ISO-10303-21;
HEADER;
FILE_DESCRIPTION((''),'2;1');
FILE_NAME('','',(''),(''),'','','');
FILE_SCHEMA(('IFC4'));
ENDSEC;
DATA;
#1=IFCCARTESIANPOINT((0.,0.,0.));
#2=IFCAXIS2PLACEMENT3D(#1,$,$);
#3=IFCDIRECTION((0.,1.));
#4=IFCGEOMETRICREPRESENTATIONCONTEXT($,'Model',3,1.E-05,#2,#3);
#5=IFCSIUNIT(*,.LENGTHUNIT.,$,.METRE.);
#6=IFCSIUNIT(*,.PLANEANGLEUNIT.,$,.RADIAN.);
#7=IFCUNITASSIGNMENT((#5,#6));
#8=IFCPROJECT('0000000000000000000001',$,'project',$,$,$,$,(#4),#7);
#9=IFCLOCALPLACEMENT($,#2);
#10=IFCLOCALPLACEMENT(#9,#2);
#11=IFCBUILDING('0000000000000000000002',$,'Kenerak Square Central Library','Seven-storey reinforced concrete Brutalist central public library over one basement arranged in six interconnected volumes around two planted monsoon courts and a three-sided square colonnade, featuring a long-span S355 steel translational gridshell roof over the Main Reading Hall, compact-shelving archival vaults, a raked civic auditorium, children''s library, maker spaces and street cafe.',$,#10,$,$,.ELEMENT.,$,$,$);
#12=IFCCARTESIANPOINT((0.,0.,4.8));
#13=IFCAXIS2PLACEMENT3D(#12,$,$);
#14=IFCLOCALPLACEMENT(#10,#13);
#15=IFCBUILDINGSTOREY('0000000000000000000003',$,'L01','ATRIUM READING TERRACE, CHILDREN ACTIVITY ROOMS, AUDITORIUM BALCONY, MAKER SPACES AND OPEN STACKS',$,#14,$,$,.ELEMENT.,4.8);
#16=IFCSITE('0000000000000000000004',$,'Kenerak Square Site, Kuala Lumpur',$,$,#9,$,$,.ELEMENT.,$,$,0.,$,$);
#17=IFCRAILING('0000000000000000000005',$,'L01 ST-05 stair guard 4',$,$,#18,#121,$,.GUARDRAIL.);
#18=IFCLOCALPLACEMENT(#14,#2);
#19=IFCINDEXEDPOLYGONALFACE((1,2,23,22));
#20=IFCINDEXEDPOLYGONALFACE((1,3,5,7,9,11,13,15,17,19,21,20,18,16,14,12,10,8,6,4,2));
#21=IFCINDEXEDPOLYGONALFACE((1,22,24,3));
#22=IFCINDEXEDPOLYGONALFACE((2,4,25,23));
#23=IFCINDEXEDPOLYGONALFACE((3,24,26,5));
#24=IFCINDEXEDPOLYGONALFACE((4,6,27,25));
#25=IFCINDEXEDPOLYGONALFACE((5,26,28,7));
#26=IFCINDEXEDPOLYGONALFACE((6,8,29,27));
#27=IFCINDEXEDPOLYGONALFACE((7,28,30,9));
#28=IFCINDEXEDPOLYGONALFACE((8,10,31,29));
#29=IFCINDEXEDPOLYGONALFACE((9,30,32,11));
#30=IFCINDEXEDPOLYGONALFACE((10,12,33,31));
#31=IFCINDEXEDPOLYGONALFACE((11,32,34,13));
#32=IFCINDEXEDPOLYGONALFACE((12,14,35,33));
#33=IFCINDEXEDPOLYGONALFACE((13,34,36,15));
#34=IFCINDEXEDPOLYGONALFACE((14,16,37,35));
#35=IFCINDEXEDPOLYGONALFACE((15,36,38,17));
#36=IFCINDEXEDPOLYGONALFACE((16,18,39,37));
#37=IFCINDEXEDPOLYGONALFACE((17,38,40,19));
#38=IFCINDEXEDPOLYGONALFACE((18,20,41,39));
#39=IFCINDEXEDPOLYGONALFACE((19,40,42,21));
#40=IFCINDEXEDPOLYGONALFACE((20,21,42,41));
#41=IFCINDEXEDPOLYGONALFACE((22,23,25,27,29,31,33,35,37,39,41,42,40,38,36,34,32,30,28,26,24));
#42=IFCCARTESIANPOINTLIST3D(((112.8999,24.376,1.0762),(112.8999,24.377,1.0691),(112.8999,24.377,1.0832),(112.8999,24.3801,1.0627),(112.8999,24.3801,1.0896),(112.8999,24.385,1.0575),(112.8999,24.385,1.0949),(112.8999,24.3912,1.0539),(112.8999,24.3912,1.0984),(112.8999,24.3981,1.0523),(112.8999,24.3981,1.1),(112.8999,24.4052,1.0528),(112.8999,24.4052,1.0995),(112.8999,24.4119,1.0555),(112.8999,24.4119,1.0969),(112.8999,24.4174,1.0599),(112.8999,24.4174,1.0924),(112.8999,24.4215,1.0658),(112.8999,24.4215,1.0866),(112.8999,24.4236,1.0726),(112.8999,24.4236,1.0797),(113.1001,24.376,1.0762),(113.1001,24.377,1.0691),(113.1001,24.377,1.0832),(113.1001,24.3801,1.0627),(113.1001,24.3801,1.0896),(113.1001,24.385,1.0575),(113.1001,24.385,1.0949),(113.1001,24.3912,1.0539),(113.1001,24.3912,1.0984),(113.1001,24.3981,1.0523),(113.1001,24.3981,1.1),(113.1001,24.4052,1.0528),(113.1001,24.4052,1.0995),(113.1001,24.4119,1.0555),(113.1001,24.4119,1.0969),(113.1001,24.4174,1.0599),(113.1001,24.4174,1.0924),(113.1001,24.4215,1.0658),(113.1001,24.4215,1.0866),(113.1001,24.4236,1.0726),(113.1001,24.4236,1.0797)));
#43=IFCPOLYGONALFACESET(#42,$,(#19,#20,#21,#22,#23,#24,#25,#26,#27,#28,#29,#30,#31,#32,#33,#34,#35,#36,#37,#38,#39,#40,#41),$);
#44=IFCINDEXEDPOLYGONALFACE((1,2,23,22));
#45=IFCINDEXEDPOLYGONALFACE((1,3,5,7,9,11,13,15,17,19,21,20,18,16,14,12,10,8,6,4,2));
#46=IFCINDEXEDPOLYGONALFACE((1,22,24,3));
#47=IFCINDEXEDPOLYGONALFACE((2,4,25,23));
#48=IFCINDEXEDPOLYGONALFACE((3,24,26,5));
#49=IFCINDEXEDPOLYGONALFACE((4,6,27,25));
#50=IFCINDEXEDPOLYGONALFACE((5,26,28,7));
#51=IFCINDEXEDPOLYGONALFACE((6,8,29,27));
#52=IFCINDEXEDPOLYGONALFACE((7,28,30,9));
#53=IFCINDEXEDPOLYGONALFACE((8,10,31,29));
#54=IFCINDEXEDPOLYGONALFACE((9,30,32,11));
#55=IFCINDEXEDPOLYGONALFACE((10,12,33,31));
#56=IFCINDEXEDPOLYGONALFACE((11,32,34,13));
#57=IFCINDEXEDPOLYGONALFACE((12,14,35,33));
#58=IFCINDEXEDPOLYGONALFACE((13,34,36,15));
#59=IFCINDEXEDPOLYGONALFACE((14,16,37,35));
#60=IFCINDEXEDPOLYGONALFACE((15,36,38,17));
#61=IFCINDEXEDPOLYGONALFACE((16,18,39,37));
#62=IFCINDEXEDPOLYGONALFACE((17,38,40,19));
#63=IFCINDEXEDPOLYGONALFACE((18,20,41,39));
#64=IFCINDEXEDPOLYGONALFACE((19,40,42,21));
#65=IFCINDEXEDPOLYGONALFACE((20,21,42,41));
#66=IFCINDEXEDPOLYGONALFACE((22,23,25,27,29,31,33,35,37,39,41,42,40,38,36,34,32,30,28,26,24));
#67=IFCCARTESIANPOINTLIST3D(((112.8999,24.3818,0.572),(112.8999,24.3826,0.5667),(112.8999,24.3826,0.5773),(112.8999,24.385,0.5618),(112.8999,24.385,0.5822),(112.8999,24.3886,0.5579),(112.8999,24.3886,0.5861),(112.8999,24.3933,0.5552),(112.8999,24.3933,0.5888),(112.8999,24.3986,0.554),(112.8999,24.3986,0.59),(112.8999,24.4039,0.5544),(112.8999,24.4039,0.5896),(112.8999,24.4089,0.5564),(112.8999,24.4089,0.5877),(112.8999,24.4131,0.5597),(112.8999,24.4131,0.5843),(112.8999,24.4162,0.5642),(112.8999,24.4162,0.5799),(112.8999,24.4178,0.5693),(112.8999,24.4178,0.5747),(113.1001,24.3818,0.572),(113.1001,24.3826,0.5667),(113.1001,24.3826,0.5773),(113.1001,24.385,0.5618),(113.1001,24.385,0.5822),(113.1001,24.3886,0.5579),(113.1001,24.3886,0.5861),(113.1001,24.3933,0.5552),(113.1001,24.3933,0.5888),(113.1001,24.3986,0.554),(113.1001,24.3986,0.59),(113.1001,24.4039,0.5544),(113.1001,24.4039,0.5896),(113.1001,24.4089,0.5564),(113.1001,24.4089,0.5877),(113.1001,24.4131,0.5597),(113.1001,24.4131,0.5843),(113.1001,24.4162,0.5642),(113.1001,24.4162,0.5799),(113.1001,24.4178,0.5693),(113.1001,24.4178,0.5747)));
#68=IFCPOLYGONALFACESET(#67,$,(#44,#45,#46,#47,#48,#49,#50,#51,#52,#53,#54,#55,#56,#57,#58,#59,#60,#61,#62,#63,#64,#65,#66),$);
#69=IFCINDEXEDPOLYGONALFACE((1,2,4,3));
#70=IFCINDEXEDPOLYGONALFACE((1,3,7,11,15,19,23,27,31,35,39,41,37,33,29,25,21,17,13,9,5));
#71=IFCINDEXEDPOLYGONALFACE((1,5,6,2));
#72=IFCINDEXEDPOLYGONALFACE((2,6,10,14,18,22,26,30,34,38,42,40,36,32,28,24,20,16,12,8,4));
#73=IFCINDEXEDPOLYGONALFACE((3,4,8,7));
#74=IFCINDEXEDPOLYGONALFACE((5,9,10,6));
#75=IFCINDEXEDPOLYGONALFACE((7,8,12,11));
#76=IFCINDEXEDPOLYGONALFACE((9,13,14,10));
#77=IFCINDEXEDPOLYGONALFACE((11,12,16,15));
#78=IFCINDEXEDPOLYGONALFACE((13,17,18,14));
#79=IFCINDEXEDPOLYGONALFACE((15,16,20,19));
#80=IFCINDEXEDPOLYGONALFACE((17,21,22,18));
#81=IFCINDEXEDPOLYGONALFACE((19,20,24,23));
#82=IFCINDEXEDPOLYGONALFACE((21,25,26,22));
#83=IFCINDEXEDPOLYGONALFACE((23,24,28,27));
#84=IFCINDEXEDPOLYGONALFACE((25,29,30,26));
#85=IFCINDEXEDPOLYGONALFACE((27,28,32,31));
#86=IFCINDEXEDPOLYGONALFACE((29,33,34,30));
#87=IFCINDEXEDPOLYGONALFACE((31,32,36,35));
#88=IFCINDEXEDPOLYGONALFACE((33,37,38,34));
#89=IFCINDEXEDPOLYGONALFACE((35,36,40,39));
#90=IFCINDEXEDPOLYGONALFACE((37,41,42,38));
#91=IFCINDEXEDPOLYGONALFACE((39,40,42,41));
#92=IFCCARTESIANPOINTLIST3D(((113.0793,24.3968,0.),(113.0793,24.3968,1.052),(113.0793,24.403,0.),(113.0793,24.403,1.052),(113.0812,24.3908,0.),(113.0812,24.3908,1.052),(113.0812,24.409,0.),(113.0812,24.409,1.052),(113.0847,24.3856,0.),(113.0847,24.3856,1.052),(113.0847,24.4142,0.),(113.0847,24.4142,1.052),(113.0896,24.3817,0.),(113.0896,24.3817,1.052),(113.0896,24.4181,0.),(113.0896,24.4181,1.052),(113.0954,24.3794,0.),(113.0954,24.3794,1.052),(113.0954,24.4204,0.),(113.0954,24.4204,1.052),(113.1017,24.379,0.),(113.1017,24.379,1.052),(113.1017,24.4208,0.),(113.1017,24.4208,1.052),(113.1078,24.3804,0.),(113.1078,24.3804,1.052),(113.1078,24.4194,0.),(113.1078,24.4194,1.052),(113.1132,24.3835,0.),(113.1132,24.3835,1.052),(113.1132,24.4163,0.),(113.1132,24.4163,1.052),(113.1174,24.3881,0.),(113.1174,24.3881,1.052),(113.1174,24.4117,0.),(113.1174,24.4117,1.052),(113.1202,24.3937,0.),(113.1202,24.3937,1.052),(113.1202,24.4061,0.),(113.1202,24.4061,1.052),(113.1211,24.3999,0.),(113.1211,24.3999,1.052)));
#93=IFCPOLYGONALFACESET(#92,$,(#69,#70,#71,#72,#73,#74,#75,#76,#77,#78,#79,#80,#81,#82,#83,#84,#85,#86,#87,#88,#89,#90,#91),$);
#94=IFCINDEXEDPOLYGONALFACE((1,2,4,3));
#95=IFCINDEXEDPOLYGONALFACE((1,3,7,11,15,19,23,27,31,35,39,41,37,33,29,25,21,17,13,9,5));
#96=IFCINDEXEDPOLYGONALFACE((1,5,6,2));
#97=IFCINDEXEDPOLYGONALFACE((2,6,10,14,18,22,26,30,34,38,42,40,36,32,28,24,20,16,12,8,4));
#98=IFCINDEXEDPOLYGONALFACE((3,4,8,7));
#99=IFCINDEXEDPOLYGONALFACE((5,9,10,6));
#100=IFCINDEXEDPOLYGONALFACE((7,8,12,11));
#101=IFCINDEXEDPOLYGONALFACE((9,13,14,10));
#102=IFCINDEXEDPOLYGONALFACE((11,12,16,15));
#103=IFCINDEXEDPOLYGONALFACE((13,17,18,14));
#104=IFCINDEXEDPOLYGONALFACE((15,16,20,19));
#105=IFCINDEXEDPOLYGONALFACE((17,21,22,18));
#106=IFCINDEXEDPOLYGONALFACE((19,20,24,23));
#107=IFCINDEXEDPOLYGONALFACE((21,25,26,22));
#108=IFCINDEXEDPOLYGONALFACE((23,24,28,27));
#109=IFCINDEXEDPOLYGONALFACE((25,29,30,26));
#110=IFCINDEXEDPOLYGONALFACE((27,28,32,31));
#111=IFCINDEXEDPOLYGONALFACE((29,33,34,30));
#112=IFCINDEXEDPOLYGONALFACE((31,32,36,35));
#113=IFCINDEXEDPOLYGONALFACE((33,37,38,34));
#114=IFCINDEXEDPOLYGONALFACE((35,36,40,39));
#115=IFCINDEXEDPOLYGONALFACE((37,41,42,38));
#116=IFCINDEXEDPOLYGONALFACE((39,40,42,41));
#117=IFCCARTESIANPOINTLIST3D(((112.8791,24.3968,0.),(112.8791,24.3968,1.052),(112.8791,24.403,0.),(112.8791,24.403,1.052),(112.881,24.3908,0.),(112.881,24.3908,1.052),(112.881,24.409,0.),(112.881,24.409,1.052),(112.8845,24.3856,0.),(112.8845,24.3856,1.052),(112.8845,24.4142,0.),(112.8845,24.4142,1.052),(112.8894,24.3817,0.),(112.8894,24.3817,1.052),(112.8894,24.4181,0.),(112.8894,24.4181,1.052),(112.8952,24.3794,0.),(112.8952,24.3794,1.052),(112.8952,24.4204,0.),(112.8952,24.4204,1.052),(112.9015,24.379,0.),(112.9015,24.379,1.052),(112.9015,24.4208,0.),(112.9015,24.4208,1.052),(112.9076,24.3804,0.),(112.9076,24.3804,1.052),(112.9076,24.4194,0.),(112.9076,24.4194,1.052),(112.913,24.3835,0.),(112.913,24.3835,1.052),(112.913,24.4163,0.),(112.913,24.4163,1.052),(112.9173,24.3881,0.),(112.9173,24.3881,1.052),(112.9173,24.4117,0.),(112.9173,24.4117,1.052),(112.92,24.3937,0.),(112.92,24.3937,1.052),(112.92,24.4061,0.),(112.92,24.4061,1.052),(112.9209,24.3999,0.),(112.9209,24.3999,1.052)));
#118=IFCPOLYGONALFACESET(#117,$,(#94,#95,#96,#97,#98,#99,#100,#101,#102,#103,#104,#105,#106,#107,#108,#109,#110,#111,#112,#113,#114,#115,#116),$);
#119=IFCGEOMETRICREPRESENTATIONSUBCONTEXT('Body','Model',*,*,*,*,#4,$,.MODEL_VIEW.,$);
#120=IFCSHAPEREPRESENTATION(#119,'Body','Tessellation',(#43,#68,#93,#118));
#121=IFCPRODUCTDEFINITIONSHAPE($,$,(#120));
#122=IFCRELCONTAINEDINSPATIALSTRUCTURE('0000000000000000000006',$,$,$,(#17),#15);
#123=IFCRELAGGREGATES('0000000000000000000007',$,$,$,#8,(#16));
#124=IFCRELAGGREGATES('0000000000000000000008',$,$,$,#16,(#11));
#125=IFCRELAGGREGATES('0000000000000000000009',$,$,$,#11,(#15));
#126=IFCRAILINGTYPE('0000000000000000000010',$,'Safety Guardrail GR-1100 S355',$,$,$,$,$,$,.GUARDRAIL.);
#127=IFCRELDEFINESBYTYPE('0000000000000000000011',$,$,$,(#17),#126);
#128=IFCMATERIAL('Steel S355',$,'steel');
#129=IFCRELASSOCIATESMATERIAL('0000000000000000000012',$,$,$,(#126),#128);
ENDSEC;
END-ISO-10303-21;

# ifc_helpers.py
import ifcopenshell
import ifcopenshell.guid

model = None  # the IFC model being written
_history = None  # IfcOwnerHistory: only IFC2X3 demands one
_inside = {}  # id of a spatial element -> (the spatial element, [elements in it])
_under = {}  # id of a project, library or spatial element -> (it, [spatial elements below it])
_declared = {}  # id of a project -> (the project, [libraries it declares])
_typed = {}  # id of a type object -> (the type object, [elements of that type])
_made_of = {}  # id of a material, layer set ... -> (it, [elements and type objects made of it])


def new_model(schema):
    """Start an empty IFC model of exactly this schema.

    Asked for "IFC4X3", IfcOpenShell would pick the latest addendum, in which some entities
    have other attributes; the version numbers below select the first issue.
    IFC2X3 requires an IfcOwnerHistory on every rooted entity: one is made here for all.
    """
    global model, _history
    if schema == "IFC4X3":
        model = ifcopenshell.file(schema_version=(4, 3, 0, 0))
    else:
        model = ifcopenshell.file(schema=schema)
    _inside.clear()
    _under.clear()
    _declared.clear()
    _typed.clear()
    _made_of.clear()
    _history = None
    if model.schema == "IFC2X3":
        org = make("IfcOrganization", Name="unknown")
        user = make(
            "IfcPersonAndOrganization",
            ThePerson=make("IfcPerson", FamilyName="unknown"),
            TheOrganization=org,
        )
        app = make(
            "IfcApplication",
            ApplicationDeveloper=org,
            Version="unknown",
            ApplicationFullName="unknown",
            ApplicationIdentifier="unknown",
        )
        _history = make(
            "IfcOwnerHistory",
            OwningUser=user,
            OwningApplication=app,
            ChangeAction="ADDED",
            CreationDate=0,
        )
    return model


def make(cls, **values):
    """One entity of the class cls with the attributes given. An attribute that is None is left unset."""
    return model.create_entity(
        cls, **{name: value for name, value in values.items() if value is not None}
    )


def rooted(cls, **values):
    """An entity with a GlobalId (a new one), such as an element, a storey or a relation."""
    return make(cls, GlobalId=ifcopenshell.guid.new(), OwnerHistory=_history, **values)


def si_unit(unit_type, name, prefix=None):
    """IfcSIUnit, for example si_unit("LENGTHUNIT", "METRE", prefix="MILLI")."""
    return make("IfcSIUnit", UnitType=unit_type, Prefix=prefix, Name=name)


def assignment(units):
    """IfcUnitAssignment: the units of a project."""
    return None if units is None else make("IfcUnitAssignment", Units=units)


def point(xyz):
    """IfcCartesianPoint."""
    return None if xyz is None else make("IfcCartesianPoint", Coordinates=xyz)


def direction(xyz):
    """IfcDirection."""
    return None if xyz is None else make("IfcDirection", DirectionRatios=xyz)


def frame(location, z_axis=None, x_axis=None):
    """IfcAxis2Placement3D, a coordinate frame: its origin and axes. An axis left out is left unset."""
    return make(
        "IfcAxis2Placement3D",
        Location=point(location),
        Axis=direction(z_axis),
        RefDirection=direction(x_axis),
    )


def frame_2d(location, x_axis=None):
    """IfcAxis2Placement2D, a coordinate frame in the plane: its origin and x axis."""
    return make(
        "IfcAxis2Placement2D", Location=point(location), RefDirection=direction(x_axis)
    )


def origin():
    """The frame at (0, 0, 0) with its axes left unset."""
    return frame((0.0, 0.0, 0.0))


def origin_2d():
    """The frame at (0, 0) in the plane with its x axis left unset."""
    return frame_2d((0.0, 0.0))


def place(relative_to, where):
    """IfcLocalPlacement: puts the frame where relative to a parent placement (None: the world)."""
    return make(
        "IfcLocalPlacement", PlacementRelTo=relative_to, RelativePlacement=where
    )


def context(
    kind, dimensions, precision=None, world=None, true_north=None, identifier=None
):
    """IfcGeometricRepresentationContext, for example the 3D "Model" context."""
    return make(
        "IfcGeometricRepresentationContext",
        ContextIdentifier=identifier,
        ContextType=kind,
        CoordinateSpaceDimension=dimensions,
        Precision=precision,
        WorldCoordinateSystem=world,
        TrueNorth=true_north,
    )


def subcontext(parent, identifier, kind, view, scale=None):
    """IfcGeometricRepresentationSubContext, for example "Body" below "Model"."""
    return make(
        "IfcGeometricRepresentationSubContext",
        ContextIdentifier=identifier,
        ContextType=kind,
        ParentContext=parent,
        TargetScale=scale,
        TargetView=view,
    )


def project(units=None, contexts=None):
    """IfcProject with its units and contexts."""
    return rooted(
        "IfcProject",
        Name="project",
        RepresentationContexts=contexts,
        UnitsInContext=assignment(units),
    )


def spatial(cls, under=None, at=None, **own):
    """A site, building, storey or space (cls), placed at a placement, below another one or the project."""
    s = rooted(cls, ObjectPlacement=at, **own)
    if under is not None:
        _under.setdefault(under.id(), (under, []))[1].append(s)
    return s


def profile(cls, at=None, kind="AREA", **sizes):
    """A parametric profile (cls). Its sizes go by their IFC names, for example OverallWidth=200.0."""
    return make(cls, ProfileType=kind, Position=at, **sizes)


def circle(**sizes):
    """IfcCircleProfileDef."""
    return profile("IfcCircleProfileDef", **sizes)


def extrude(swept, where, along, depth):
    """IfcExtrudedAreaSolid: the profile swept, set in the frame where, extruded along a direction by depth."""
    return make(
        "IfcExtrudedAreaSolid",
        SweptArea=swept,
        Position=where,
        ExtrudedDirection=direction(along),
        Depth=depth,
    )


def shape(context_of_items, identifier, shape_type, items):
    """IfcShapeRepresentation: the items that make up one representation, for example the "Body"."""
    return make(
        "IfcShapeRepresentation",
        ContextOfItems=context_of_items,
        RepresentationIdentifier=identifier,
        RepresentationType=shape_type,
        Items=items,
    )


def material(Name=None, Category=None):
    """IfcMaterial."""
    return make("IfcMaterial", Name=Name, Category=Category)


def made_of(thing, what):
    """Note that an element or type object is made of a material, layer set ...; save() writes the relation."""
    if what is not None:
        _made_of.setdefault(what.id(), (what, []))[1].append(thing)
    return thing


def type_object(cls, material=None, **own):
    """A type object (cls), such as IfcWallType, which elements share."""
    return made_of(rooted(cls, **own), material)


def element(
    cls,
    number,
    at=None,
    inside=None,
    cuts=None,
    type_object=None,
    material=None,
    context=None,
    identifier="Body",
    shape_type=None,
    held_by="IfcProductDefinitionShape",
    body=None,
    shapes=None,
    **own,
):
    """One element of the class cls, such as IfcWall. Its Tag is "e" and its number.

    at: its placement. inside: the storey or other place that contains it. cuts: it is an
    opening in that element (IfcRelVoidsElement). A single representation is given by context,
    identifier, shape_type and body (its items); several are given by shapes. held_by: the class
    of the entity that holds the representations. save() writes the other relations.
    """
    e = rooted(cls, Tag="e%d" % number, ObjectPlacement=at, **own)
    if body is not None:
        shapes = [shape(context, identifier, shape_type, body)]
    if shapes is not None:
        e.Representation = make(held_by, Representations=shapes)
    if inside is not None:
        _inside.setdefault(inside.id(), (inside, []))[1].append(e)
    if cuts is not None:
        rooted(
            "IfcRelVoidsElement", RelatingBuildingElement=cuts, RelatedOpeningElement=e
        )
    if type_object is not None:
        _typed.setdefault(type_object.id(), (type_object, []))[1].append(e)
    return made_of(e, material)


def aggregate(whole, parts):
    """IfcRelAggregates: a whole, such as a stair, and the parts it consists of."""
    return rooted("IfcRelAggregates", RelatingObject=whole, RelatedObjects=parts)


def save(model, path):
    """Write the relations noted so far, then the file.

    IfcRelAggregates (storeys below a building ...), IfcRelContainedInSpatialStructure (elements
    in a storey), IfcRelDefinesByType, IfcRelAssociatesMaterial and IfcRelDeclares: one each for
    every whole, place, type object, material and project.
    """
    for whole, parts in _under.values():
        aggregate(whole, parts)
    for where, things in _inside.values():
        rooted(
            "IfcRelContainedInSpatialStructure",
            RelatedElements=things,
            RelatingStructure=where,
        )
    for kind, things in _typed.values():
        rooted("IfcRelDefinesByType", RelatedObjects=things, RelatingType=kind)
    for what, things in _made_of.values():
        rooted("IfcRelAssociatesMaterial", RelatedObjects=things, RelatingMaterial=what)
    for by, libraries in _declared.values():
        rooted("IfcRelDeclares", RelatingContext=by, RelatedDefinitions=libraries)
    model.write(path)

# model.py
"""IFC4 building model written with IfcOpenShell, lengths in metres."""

from ifc_helpers import new_model, si_unit, direction, frame, origin, origin_2d, place, context, subcontext, project, spatial, circle, extrude, material, type_object, element, save


model = new_model("IFC4")

# Units and contexts
model_context = context("Model", 3, precision=1e-05, world=origin(), true_north=direction((0.0, 1.0)))
body_context = subcontext(model_context, "Body", "Model", "MODEL_VIEW")
ifc_project = project(units=[si_unit("LENGTHUNIT", "METRE"), si_unit("PLANEANGLEUNIT", "RADIAN")], contexts=[model_context])

# Site, building, storey
site_placement = place(None, origin())
site = spatial("IfcSite", under=ifc_project, at=site_placement, Name="Kenerak Square Site, Kuala Lumpur", CompositionType="ELEMENT", RefElevation=0.0)
building_placement = place(site_placement, origin())
building = spatial("IfcBuilding", under=site, at=building_placement, Name="Kenerak Square Central Library", Description="Seven-storey reinforced concrete Brutalist central public library over one basement arranged in six interconnected volumes around two planted monsoon courts and a three-sided square colonnade, featuring a long-span S355 steel translational gridshell roof over the Main Reading Hall, compact-shelving archival vaults, a raked civic auditorium, children's library, maker spaces and street cafe.", CompositionType="ELEMENT")
storey_placement = place(building_placement, frame((0.0, 0.0, 4.8)))
storey = spatial("IfcBuildingStorey", under=building, at=storey_placement, Name="L01", Description="ATRIUM READING TERRACE, CHILDREN ACTIVITY ROOMS, AUDITORIUM BALCONY, MAKER SPACES AND OPEN STACKS", CompositionType="ELEMENT", Elevation=4.8)

# Shared definitions
ifc_material_1 = material(Name="Steel S355", Category="steel")

# Railing
railing_type_1 = type_object("IfcRailingType", Name="Safety Guardrail GR-1100 S355", PredefinedType="GUARDRAIL", material=ifc_material_1)
railing_1_placement = place(storey_placement, frame((113.1001, 24.3999, 0.0)))
element("IfcRailing", 1, at=railing_1_placement, inside=storey, type_object=railing_type_1, Name="L01 ST-05 stair guard 4", PredefinedType="GUARDRAIL", context=body_context, shape_type="SweptSolid", body=[
    extrude(circle(Radius=0.0239, at=origin_2d()), frame((0.0, 0.0, 1.0762), z_axis=(-1.0, 0.0, 0.0), x_axis=(0.0, -1.0, 0.0)), (0.0, 0.0, 1.0), 0.2002),
    extrude(circle(Radius=0.0181, at=origin_2d()), frame((0.0, 0.0, 0.572), z_axis=(-1.0, 0.0, 0.0), x_axis=(0.0, -1.0, 0.0)), (0.0, 0.0, 1.0), 0.2002),
    extrude(circle(Radius=0.021, at=origin_2d()), origin(), (0.0, 0.0, 1.0), 1.052),
    extrude(circle(Radius=0.021, at=origin_2d()), frame((-0.2002, 0.0, 0.0)), (0.0, 0.0, 1.0), 1.052),
])

save(model, "model.ifc")
